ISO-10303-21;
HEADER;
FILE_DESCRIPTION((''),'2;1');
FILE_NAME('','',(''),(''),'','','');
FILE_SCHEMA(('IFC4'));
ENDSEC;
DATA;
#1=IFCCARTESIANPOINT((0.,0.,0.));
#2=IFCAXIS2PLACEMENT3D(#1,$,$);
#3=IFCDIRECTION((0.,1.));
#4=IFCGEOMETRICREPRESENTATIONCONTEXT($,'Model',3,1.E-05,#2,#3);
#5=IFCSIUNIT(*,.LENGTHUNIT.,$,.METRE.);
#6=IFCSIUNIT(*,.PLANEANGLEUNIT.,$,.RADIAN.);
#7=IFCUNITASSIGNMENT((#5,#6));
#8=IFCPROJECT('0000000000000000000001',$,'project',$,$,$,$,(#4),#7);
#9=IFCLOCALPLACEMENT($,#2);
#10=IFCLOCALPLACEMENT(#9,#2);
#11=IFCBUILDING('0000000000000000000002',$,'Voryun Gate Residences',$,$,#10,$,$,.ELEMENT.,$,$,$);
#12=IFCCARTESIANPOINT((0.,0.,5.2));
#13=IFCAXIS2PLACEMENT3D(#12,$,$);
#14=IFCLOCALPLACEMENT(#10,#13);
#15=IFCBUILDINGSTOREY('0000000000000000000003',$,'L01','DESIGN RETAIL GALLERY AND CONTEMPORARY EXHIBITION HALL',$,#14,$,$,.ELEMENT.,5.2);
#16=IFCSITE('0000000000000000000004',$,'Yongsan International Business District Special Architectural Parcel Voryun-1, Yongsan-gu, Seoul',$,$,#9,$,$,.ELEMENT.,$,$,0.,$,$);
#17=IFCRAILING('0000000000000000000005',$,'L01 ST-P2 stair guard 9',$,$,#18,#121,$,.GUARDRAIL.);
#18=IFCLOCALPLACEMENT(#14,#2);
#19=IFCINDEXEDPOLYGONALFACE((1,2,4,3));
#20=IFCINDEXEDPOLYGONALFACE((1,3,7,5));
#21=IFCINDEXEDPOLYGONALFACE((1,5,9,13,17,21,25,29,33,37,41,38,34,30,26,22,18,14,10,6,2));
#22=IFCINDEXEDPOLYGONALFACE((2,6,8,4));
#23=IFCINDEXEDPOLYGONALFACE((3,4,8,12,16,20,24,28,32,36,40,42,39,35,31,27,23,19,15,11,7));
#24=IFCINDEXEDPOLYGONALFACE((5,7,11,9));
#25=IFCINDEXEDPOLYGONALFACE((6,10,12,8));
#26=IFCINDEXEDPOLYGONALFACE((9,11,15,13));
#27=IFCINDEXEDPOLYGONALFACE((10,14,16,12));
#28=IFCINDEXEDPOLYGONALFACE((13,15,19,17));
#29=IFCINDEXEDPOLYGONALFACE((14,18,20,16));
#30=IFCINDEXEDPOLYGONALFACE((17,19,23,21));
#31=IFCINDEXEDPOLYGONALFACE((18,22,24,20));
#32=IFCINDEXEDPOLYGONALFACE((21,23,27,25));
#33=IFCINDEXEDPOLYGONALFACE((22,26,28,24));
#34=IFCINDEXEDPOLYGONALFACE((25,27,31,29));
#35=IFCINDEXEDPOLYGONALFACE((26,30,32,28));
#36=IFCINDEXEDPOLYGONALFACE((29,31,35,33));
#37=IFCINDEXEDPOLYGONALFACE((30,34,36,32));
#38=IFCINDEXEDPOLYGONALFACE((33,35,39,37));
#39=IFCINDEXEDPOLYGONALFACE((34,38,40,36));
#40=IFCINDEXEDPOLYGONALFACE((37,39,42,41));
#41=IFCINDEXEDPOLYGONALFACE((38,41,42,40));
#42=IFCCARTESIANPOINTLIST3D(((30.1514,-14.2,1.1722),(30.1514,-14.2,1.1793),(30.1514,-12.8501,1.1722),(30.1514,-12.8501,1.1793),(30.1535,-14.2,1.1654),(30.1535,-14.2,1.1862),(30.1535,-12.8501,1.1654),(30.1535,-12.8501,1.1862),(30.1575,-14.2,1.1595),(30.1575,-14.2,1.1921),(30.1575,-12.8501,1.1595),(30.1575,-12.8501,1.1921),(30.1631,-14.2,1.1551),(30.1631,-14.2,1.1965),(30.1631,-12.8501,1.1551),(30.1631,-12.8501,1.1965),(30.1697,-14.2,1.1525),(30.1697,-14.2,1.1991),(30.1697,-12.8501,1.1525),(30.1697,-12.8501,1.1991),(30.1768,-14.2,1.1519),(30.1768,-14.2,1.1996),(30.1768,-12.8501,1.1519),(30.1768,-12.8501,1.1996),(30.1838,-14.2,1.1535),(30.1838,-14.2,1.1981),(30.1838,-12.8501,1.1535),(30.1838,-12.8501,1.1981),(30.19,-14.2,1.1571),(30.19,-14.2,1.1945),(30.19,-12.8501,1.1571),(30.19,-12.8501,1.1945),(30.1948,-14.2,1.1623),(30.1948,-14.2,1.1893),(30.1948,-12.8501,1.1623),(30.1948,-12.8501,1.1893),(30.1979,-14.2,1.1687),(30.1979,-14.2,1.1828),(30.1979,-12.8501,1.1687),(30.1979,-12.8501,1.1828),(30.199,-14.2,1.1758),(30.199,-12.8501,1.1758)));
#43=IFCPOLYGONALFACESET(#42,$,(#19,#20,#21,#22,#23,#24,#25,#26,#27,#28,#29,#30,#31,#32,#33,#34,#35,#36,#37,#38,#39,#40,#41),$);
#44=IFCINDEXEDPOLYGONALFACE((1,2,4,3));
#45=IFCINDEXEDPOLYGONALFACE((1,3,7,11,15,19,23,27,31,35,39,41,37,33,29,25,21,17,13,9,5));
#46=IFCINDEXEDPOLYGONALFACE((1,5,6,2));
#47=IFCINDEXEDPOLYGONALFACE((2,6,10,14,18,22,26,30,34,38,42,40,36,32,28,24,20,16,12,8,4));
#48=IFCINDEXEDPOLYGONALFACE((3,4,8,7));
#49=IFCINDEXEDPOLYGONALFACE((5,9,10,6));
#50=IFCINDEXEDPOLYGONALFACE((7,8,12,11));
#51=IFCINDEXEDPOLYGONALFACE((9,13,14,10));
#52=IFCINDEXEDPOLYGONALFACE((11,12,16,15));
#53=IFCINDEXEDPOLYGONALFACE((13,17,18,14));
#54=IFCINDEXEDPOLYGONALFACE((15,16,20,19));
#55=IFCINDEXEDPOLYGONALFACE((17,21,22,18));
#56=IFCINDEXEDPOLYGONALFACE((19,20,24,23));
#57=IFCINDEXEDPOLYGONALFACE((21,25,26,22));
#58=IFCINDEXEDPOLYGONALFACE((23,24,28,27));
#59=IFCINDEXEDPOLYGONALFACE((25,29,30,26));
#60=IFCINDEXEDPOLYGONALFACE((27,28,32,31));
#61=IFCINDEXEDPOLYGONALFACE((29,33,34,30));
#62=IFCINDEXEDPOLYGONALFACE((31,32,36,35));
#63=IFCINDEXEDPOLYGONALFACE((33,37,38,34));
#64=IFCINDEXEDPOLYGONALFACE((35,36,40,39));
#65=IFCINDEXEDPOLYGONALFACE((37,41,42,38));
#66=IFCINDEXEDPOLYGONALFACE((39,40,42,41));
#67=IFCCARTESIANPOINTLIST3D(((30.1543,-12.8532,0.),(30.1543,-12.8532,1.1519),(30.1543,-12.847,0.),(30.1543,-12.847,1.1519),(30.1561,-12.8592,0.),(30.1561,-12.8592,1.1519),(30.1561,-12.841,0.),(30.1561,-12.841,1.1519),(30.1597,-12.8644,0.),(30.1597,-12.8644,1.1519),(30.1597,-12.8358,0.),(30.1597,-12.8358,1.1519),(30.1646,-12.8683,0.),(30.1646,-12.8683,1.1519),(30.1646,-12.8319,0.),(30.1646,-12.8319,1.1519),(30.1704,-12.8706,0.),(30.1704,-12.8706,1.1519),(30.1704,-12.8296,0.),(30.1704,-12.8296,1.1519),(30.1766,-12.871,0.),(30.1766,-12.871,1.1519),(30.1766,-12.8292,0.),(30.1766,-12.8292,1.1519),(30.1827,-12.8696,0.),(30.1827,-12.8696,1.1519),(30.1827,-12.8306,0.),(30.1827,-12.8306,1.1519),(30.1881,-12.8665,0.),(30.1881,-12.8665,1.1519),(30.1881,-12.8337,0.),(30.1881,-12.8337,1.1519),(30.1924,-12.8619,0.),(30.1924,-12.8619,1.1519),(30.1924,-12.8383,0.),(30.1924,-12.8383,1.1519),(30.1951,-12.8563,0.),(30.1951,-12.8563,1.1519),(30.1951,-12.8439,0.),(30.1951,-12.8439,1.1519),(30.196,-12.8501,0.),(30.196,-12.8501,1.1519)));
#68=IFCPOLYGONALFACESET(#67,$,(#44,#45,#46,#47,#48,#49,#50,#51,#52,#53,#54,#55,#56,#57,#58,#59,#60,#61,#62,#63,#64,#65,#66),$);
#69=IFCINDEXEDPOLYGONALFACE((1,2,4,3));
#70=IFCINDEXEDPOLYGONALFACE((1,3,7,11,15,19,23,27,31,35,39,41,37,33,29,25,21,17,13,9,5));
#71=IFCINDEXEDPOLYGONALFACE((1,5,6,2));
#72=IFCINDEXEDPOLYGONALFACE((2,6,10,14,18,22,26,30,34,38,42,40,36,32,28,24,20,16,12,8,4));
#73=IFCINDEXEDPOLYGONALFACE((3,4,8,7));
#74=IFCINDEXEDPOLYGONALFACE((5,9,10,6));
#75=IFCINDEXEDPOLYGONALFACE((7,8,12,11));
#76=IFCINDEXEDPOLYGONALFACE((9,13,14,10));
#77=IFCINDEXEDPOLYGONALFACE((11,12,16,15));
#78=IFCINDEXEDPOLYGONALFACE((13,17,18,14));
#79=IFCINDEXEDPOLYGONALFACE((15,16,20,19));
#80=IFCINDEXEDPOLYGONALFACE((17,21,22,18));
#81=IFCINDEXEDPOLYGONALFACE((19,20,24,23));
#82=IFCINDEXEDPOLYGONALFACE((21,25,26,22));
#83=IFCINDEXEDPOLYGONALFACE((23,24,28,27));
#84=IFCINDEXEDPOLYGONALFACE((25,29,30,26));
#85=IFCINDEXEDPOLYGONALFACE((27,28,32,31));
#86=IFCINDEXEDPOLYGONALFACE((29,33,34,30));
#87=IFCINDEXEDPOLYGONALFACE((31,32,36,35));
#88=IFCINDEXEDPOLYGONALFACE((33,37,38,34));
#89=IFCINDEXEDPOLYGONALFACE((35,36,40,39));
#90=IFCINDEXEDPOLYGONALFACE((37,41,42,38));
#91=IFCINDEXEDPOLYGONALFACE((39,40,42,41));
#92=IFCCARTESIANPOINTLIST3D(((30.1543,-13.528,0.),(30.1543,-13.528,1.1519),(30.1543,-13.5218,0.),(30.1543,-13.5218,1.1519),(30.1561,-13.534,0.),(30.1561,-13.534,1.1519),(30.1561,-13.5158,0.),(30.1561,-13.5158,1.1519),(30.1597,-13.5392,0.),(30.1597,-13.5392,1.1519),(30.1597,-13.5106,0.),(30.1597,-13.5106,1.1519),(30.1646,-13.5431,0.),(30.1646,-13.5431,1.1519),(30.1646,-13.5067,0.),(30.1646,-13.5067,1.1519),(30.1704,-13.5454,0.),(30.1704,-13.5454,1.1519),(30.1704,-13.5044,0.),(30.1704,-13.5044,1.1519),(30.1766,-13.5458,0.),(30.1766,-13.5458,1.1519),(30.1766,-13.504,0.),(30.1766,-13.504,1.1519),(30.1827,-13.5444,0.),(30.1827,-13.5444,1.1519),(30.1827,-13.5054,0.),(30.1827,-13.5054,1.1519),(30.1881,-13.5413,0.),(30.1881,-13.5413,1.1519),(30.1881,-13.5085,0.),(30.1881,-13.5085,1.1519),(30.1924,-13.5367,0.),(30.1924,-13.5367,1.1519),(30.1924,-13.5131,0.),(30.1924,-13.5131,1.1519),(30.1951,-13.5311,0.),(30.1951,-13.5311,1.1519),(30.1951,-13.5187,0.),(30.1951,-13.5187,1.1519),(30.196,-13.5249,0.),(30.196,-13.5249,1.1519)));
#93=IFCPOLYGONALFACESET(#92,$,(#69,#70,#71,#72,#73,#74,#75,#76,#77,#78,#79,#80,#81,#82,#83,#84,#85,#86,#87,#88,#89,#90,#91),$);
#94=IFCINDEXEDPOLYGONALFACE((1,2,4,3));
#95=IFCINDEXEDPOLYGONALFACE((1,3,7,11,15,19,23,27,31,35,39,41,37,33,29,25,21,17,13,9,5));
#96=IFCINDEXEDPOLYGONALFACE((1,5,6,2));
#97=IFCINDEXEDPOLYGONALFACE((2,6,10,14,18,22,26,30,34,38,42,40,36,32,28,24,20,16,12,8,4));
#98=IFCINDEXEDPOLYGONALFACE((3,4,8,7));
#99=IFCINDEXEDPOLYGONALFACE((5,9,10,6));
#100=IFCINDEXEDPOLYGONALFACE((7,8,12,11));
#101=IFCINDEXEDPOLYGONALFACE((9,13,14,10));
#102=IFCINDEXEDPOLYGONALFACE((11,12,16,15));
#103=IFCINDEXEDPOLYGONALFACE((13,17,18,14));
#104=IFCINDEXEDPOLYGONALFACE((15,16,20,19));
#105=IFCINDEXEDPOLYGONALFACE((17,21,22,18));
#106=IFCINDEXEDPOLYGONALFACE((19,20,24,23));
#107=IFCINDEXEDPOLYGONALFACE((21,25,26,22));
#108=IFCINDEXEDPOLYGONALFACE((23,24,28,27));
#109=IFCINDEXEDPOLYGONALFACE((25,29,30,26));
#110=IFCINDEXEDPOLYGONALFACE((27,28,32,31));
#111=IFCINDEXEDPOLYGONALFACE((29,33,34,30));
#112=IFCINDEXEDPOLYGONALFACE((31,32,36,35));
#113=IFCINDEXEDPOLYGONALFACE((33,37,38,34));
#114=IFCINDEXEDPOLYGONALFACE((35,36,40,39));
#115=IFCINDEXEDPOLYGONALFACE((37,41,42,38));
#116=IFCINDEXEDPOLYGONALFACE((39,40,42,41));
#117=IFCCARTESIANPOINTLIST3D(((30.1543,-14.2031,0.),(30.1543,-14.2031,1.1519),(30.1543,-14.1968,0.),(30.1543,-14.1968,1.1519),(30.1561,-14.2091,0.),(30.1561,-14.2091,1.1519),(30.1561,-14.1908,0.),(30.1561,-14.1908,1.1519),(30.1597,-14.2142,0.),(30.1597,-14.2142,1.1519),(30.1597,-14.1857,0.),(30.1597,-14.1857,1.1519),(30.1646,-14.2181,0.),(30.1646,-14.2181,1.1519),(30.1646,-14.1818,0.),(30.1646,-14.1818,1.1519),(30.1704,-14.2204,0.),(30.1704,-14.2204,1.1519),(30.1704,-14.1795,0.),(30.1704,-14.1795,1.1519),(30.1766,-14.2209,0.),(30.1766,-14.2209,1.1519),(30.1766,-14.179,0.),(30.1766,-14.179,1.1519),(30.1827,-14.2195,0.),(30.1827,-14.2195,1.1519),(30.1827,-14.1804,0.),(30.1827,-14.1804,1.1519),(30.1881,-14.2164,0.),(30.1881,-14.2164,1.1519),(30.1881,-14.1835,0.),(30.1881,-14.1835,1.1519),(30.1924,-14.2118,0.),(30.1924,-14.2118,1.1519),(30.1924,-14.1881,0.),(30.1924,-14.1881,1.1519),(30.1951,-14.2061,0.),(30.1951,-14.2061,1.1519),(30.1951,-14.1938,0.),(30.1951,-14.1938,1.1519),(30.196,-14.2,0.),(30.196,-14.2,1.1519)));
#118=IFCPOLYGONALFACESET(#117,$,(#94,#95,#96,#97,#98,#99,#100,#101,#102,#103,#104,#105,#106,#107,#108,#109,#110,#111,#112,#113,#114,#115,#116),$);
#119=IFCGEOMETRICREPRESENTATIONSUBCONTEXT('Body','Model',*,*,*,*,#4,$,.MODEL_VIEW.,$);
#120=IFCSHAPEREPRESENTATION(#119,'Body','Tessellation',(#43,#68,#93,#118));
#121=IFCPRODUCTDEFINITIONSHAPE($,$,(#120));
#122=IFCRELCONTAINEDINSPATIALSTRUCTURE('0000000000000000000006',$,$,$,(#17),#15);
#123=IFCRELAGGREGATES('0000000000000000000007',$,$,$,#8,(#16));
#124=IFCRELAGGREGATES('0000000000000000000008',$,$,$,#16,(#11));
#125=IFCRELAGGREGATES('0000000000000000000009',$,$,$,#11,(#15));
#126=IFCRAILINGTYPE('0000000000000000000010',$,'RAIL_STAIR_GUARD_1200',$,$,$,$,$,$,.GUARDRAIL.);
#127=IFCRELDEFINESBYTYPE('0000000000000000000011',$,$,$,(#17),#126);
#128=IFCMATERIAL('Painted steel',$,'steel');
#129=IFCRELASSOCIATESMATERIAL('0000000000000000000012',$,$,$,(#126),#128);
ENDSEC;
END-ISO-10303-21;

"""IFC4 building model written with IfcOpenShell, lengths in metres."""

from ifc_helpers import new_model, si_unit, direction, frame, origin, origin_2d, place, context, subcontext, project, spatial, circle, extrude, material, type_object, element, save


model = new_model("IFC4")

# Units and contexts
model_context = context("Model", 3, precision=1e-05, world=origin(), true_north=direction((0.0, 1.0)))
body_context = subcontext(model_context, "Body", "Model", "MODEL_VIEW")
ifc_project = project(units=[si_unit("LENGTHUNIT", "METRE"), si_unit("PLANEANGLEUNIT", "RADIAN")], contexts=[model_context])

# Site, building, storey
site_placement = place(None, origin())
site = spatial("IfcSite", under=ifc_project, at=site_placement, Name="Yongsan International Business District Special Architectural Parcel Voryun-1, Yongsan-gu, Seoul", CompositionType="ELEMENT", RefElevation=0.0)
building_placement = place(site_placement, origin())
building = spatial("IfcBuilding", under=site, at=building_placement, Name="Voryun Gate Residences", CompositionType="ELEMENT")
storey_placement = place(building_placement, frame((0.0, 0.0, 5.2)))
storey = spatial("IfcBuildingStorey", under=building, at=storey_placement, Name="L01", Description="DESIGN RETAIL GALLERY AND CONTEMPORARY EXHIBITION HALL", CompositionType="ELEMENT", Elevation=5.2)

# Railing
ifc_material_1 = material(Name="Painted steel", Category="steel")
railing_type_1 = type_object("IfcRailingType", Name="RAIL_STAIR_GUARD_1200", PredefinedType="GUARDRAIL", material=ifc_material_1)
for number, where, name in (
    (1, (30.175, -12.8501, 0.0), "L01 ST-P2 stair guard 9"),
):
    element("IfcRailing", number, at=place(storey_placement, frame(where)), inside=storey, type_object=railing_type_1, Name=name, PredefinedType="GUARDRAIL", context=body_context, shape_type="SweptSolid", body=[
        extrude(circle(Radius=0.0239, at=origin_2d()), frame((0.0, 0.0, 1.1758), z_axis=(0.0, -1.0, 0.0), x_axis=(1.0, 0.0, 0.0)), (0.0, 0.0, 1.0), 1.3499),
        extrude(circle(Radius=0.021, at=origin_2d()), origin(), (0.0, 0.0, 1.0), 1.1519),
        extrude(circle(Radius=0.021, at=origin_2d()), frame((0.0, -0.6748, 0.0)), (0.0, 0.0, 1.0), 1.1519),
        extrude(circle(Radius=0.021, at=origin_2d()), frame((0.0, -1.3499, 0.0)), (0.0, 0.0, 1.0), 1.1519),
    ])

save(model, "model.ifc")
